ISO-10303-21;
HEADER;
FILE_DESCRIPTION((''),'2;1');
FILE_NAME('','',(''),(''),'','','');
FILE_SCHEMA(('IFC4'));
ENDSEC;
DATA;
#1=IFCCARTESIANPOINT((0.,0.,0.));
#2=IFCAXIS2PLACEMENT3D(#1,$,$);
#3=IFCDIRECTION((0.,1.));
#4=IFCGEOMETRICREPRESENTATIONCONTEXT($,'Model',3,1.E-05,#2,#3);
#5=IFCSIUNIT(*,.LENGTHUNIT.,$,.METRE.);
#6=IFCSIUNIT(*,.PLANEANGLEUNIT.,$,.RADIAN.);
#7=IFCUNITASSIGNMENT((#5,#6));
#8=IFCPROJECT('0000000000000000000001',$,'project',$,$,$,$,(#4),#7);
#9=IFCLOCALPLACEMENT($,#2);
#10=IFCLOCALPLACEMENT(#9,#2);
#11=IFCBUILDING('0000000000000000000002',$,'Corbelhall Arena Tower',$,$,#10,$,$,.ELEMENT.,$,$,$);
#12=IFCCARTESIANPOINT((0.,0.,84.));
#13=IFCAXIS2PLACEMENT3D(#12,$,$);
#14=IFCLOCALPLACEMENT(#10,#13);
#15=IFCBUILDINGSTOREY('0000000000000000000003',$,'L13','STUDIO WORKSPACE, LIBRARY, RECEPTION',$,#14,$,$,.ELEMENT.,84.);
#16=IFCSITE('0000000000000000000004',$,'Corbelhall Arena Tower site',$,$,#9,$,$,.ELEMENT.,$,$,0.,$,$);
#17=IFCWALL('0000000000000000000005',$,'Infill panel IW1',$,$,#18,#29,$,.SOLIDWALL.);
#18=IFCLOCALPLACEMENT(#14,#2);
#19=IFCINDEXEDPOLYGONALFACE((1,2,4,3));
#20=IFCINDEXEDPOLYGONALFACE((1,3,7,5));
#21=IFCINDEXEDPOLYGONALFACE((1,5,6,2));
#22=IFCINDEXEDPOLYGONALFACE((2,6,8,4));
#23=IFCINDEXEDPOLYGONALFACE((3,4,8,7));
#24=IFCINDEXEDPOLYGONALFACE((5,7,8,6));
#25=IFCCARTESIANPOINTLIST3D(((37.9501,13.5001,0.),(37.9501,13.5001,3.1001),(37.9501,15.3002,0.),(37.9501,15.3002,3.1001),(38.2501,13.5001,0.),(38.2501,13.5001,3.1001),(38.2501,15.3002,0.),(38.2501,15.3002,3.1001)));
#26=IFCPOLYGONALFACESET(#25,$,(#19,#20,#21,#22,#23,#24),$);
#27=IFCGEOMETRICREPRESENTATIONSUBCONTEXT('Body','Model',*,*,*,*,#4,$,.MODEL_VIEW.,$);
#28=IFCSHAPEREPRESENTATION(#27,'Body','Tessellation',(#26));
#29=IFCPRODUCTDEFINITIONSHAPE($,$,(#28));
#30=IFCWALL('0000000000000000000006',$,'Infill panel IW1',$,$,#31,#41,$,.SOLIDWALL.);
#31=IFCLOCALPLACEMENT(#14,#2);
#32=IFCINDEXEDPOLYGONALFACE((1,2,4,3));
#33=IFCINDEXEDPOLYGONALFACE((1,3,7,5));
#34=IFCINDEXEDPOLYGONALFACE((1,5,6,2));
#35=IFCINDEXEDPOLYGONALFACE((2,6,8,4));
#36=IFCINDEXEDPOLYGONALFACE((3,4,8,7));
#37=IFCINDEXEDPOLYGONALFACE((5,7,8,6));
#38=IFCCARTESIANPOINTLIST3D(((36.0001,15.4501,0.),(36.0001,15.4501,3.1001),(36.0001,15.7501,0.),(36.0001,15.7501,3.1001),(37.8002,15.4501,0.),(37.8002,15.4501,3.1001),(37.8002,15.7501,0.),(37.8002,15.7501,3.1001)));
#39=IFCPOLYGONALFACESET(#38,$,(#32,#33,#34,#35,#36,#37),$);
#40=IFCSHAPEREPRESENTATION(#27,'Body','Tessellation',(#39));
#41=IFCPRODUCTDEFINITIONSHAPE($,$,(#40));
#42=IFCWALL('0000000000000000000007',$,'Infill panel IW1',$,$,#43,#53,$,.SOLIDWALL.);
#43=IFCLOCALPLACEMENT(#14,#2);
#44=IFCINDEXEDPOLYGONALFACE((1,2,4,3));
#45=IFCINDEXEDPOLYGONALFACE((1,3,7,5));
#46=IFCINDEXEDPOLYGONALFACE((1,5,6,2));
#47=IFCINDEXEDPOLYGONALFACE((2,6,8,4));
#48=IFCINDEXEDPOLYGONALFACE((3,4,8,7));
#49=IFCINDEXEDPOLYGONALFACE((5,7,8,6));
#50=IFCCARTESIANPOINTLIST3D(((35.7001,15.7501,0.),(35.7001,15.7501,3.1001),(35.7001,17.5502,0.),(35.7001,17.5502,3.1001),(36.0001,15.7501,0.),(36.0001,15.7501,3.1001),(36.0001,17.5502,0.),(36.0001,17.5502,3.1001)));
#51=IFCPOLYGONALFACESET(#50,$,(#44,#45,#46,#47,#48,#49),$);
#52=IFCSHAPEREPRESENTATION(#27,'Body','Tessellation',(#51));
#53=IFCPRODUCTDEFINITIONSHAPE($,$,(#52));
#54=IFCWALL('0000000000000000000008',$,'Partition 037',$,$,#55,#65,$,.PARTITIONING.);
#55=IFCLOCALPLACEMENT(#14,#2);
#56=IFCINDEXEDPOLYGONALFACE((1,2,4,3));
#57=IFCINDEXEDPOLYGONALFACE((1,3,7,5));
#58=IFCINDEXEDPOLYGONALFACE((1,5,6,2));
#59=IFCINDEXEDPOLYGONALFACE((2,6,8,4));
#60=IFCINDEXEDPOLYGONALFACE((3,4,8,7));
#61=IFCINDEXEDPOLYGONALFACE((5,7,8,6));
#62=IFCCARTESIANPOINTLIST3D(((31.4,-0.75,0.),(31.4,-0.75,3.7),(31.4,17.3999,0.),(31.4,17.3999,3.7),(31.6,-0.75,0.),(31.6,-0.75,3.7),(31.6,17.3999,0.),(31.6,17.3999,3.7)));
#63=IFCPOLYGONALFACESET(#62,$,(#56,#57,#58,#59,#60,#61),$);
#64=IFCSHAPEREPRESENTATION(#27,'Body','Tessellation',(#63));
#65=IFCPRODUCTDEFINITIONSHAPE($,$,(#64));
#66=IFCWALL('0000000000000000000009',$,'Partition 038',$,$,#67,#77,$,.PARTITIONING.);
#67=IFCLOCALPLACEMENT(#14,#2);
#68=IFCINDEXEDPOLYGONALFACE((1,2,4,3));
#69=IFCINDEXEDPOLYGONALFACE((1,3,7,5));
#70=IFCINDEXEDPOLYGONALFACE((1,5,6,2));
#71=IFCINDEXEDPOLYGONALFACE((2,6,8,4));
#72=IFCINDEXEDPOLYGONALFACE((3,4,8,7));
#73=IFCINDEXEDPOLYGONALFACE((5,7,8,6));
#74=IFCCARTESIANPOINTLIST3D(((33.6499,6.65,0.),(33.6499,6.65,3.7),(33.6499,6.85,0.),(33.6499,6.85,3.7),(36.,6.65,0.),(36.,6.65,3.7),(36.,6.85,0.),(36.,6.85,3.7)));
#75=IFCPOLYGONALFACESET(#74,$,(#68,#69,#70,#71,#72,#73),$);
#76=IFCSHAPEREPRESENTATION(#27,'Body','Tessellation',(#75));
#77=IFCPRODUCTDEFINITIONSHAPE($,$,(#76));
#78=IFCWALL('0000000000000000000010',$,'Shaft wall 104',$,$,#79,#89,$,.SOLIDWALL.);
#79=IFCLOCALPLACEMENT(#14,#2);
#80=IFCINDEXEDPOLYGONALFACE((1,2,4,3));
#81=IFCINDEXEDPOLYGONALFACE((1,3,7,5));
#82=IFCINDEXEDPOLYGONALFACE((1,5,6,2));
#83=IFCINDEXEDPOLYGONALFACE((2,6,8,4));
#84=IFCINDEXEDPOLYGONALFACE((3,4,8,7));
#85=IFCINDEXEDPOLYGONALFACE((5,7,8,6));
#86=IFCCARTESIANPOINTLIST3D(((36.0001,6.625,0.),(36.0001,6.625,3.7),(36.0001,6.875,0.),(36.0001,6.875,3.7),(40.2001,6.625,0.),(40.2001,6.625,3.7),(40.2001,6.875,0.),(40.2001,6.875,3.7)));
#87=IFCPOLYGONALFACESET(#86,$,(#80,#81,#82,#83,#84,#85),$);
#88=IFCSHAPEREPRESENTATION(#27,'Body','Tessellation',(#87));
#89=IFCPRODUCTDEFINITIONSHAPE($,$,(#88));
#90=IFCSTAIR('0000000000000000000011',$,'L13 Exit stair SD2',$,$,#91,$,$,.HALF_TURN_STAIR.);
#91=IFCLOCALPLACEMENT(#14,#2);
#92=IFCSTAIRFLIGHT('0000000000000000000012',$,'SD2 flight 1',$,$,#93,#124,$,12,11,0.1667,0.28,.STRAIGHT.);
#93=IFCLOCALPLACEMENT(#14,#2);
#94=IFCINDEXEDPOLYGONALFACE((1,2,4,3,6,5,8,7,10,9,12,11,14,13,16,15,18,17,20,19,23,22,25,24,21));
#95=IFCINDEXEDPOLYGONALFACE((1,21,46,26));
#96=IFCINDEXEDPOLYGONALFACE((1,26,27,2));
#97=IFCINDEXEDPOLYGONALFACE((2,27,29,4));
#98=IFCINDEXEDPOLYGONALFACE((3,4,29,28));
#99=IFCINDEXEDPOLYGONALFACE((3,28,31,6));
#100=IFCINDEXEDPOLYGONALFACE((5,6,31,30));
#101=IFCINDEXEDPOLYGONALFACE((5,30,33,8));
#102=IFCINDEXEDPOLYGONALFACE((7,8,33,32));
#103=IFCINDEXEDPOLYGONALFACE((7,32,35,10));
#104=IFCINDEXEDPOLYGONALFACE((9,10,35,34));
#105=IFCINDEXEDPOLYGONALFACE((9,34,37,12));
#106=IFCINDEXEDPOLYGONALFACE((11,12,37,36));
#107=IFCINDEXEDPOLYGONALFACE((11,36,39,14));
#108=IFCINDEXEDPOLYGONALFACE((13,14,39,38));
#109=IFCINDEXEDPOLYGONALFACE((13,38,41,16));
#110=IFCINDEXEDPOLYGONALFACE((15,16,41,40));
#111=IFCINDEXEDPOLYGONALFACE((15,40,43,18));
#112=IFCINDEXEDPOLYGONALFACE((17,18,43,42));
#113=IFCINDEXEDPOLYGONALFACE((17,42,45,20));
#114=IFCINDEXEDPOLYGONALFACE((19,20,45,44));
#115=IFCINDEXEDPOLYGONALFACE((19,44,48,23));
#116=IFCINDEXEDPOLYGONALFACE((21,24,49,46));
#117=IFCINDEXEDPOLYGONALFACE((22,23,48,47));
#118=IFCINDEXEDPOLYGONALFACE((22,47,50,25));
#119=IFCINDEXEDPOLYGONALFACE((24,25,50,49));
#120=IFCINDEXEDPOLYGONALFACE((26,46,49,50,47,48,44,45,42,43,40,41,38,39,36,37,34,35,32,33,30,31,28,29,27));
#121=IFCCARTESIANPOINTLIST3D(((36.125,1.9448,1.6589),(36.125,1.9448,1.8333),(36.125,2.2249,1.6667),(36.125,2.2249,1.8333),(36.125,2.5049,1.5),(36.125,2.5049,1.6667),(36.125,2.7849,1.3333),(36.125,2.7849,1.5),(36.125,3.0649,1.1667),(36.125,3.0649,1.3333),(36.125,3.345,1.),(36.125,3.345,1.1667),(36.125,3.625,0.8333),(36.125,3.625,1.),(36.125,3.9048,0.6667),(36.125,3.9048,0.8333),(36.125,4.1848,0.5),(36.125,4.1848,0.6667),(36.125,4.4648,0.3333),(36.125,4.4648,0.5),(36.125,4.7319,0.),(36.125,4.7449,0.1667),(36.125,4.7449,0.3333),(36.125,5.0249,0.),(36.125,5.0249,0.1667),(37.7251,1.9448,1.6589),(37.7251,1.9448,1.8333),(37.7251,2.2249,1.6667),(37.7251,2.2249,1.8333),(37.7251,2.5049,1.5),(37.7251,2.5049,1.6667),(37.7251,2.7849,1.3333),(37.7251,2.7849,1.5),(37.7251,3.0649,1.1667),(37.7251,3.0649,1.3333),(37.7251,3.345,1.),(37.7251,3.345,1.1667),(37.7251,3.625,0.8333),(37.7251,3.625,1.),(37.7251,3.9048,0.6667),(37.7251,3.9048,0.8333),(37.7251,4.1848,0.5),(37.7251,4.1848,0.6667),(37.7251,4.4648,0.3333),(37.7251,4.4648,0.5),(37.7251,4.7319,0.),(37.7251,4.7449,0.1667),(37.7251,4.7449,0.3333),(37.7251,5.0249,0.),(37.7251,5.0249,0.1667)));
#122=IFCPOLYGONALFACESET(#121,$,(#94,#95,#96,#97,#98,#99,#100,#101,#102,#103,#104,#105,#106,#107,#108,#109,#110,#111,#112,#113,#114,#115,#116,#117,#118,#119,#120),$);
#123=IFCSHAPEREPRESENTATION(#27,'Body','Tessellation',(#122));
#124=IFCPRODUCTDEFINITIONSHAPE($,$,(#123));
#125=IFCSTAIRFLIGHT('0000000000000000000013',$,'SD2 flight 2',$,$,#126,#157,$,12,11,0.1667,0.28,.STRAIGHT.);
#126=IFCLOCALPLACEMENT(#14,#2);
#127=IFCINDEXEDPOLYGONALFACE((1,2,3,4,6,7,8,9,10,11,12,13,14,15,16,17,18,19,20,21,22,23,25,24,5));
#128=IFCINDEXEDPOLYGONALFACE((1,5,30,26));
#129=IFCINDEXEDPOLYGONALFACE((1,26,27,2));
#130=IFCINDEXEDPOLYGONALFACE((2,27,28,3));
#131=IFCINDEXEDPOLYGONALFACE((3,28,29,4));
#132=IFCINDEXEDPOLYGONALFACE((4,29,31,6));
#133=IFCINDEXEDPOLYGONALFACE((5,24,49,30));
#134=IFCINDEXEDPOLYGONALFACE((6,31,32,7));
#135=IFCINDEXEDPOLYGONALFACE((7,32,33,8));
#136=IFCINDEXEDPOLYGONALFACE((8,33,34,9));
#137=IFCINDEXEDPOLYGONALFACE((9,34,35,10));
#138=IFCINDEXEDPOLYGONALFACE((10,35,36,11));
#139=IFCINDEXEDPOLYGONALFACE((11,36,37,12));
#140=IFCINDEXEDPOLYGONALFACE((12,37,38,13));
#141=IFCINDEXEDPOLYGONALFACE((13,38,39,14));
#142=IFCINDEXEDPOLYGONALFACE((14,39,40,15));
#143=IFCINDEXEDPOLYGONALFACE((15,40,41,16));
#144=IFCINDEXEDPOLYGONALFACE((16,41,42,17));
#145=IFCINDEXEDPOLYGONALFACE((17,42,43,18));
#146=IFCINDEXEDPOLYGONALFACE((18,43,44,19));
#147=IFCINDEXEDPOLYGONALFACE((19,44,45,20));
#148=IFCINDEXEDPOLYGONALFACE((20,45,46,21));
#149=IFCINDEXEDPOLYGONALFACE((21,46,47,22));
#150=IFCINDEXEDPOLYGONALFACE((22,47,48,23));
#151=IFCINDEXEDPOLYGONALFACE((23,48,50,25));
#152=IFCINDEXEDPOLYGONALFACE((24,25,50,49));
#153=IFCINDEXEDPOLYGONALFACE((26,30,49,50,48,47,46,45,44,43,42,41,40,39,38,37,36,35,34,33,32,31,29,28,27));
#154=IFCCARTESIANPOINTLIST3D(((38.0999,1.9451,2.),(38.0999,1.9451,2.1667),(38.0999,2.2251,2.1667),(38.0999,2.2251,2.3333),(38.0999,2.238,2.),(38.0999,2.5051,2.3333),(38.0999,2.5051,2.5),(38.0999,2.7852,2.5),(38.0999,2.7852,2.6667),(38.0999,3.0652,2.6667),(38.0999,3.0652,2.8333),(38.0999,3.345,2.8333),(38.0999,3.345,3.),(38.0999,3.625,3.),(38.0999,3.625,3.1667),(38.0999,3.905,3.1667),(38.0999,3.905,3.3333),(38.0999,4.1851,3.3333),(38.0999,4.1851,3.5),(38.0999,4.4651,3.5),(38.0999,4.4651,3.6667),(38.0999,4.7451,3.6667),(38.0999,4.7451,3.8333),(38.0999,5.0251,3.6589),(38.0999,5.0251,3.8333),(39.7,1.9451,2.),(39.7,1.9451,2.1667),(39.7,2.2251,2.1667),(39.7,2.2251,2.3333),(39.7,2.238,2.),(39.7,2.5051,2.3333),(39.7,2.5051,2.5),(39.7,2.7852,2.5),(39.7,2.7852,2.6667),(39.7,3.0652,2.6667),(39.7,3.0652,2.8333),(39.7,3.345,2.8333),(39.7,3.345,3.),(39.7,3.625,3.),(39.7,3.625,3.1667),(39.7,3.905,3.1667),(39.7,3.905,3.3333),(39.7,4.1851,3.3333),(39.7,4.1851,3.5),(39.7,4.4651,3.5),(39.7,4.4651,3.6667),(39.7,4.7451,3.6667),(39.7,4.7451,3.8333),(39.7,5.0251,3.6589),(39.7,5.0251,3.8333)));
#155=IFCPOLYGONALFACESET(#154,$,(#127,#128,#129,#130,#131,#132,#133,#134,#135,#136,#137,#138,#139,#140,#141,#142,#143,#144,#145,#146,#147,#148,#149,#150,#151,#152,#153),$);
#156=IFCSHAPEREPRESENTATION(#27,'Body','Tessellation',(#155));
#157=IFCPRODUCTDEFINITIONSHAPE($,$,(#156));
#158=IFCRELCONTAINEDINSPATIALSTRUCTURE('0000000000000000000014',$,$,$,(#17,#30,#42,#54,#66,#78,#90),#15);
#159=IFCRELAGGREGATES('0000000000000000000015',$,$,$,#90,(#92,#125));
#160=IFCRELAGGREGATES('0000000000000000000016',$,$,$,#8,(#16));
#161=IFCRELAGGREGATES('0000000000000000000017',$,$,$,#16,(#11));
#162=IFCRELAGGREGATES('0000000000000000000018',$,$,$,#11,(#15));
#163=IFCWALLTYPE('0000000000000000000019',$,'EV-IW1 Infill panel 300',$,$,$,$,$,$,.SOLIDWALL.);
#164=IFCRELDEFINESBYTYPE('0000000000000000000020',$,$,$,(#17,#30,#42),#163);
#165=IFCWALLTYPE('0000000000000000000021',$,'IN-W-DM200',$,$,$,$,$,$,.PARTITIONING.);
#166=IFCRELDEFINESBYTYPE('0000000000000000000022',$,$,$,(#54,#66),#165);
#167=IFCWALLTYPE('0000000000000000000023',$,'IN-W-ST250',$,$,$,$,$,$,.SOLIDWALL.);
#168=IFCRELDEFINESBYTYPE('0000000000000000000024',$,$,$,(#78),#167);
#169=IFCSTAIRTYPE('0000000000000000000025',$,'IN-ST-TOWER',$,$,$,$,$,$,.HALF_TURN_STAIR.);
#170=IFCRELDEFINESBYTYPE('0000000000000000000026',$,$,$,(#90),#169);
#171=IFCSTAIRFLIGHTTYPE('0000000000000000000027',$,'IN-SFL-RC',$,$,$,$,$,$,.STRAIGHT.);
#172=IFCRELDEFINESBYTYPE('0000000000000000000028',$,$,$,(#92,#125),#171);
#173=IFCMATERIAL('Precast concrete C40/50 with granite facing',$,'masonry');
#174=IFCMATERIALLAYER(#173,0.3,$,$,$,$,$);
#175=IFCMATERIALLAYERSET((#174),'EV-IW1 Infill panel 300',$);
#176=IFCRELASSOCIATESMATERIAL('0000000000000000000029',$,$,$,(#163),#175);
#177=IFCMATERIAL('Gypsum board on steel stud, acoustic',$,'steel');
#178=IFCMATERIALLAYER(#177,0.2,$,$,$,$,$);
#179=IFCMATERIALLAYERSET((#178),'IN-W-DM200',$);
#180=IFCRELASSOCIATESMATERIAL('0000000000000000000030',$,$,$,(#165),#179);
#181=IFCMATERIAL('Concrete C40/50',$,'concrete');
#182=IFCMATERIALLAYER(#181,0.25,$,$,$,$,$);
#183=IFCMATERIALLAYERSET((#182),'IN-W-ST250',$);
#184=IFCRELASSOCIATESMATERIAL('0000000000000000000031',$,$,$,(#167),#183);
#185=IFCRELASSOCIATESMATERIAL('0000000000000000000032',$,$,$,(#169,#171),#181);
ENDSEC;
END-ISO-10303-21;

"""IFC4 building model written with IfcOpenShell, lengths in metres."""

from ifc_helpers import new_model, si_unit, direction, frame, frame_2d, origin, place, context, subcontext, project, spatial, polyline, rectangle, outline, extrude, material, layer, layer_set, type_object, element, aggregate, save


model = new_model("IFC4")

# Units and contexts
model_context = context("Model", 3, precision=1e-05, world=origin(), true_north=direction((0.0, 1.0)))
body_context = subcontext(model_context, "Body", "Model", "MODEL_VIEW")
ifc_project = project(units=[si_unit("LENGTHUNIT", "METRE"), si_unit("PLANEANGLEUNIT", "RADIAN")], contexts=[model_context])

# Site, building, storey
site_placement = place(None, origin())
site = spatial("IfcSite", under=ifc_project, at=site_placement, Name="Corbelhall Arena Tower site", CompositionType="ELEMENT", RefElevation=0.0)
building_placement = place(site_placement, origin())
building = spatial("IfcBuilding", under=site, at=building_placement, Name="Corbelhall Arena Tower", CompositionType="ELEMENT")
storey_placement = place(building_placement, frame((0.0, 0.0, 84.0)))
storey = spatial("IfcBuildingStorey", under=building, at=storey_placement, Name="L13", Description="STUDIO WORKSPACE, LIBRARY, RECEPTION", CompositionType="ELEMENT", Elevation=84.0)

# Walls
ifc_material_1 = material(Name="Precast concrete C40/50 with granite facing", Category="masonry")
ifc_layer_1 = layer(ifc_material_1, 0.3)
ifc_layer_set_1 = layer_set([ifc_layer_1], Name="EV-IW1 Infill panel 300")
wall_type_1 = type_object("IfcWallType", Name="EV-IW1 Infill panel 300", PredefinedType="SOLIDWALL", material=ifc_layer_set_1)
for number, where, z_axis, x_axis, name in (
    (1, (38.1001, 15.3, 0.0), (0.0, 0.0, 1.0), (0.0, -1.0, 0.0), "Infill panel IW1"),
    (2, (37.8, 15.6001, 0.0), (0.0, 0.0, 1.0), (-1.0, 0.0, 0.0), "Infill panel IW1"),
    (3, (35.8501, 17.55, 0.0), (0.0, 0.0, 1.0), (0.0, -1.0, 0.0), "Infill panel IW1"),
):
    element("IfcWall", number, at=place(storey_placement, frame(where, z_axis=z_axis, x_axis=x_axis)), inside=storey, type_object=wall_type_1, Name=name, PredefinedType="SOLIDWALL", context=body_context, shape_type="SweptSolid", body=[
        extrude(rectangle(XDim=1.8, YDim=0.3, at=frame_2d((0.8999, 0.0))), origin(), (0.0, 0.0, 1.0), 3.1001),
    ])

# Walls
ifc_material_2 = material(Name="Gypsum board on steel stud, acoustic", Category="steel")
ifc_layer_2 = layer(ifc_material_2, 0.2)
ifc_layer_set_2 = layer_set([ifc_layer_2], Name="IN-W-DM200")
wall_type_2 = type_object("IfcWallType", Name="IN-W-DM200", PredefinedType="PARTITIONING", material=ifc_layer_set_2)
wall_1_placement = place(storey_placement, frame((31.5, 17.3999, 0.0), z_axis=(0.0, 0.0, 1.0), x_axis=(0.0, -1.0, 0.0)))
element("IfcWall", 4, at=wall_1_placement, inside=storey, type_object=wall_type_2, Name="Partition 037", PredefinedType="PARTITIONING", context=body_context, shape_type="SweptSolid", body=[
    extrude(rectangle(XDim=18.1499, YDim=0.2, at=frame_2d((9.075, 0.0))), origin(), (0.0, 0.0, 1.0), 3.7),
])
wall_2_placement = place(storey_placement, frame((33.6499, 6.75, 0.0), z_axis=(0.0, 0.0, 1.0), x_axis=(1.0, 0.0, 0.0)))
element("IfcWall", 5, at=wall_2_placement, inside=storey, type_object=wall_type_2, Name="Partition 038", PredefinedType="PARTITIONING", context=body_context, shape_type="SweptSolid", body=[
    extrude(rectangle(XDim=2.3501, YDim=0.2, at=frame_2d((1.175, 0.0))), origin(), (0.0, 0.0, 1.0), 3.7),
])
ifc_material_3 = material(Name="Concrete C40/50", Category="concrete")
ifc_layer_3 = layer(ifc_material_3, 0.25)
ifc_layer_set_3 = layer_set([ifc_layer_3], Name="IN-W-ST250")
wall_type_3 = type_object("IfcWallType", Name="IN-W-ST250", PredefinedType="SOLIDWALL", material=ifc_layer_set_3)
wall_3_placement = place(storey_placement, frame((36.0, 6.75, 0.0), z_axis=(0.0, 0.0, 1.0), x_axis=(1.0, 0.0, 0.0)))
element("IfcWall", 6, at=wall_3_placement, inside=storey, type_object=wall_type_3, Name="Shaft wall 104", PredefinedType="SOLIDWALL", context=body_context, shape_type="SweptSolid", body=[
    extrude(rectangle(XDim=4.2, YDim=0.25, at=frame_2d((2.1001, 0.0))), origin(), (0.0, 0.0, 1.0), 3.7),
])

# Stair, stair flights
stair_type = type_object("IfcStairType", Name="IN-ST-TOWER", PredefinedType="HALF_TURN_STAIR", material=ifc_material_3)
stair_placement = place(storey_placement, origin())
stair = element("IfcStair", 7, at=stair_placement, inside=storey, type_object=stair_type, Name="L13 Exit stair SD2", PredefinedType="HALF_TURN_STAIR")
stair_flight_type = type_object("IfcStairFlightType", Name="IN-SFL-RC", PredefinedType="STRAIGHT", material=ifc_material_3)
stair_flight_1_placement = place(storey_placement, frame((36.925, 5.0249, 0.0), z_axis=(0.0, 0.0, 1.0), x_axis=(0.0, -1.0, 0.0)))
stair_flight_1 = element("IfcStairFlight", 8, at=stair_flight_1_placement, type_object=stair_flight_type, Name="SD2 flight 1", NumberOfRisers=12, NumberOfTreads=11, PredefinedType="STRAIGHT", RiserHeight=0.1667, TreadLength=0.28, context=body_context, shape_type="SweptSolid", body=[
    extrude(outline(polyline([(0.0, 0.0), (0.0, 0.1667), (0.28, 0.1667), (0.28, 0.3333), (0.5601, 0.3333), (0.5601, 0.5), (0.8401, 0.5), (0.8401, 0.6667), (1.1201, 0.6667), (1.1201, 0.8333), (1.3999, 0.8333), (1.3999, 1.0), (1.6799, 1.0), (1.6799, 1.1667), (1.96, 1.1667), (1.96, 1.3333), (2.24, 1.3333), (2.24, 1.5), (2.52, 1.5), (2.52, 1.6667), (2.8, 1.6667), (2.8, 1.8333), (3.0801, 1.8333), (3.0801, 2.0), (3.0801, 1.6589), (0.293, 0.0), (0.0, 0.0)])), frame((0.0, 0.8, 0.0), z_axis=(0.0, -1.0, 0.0), x_axis=(1.0, 0.0, 0.0)), (0.0, 0.0, 1.0), 1.6001),
])
stair_flight_2_placement = place(storey_placement, frame((38.8999, 1.9451, 2.0), z_axis=(0.0, 0.0, 1.0), x_axis=(0.0, 1.0, 0.0)))
stair_flight_2 = element("IfcStairFlight", 9, at=stair_flight_2_placement, type_object=stair_flight_type, Name="SD2 flight 2", NumberOfRisers=12, NumberOfTreads=11, PredefinedType="STRAIGHT", RiserHeight=0.1667, TreadLength=0.28, context=body_context, shape_type="SweptSolid", body=[
    extrude(outline(polyline([(0.0, 0.0), (0.0, 0.1667), (0.28, 0.1667), (0.28, 0.3333), (0.5601, 0.3333), (0.5601, 0.5), (0.8401, 0.5), (0.8401, 0.6667), (1.1201, 0.6667), (1.1201, 0.8333), (1.3999, 0.8333), (1.3999, 1.0), (1.6799, 1.0), (1.6799, 1.1667), (1.96, 1.1667), (1.96, 1.3333), (2.24, 1.3333), (2.24, 1.5), (2.52, 1.5), (2.52, 1.6667), (2.8, 1.6667), (2.8, 1.8333), (3.0801, 1.8333), (3.0801, 2.0), (3.0801, 1.6589), (0.293, 0.0), (0.0, 0.0)])), frame((0.0, 0.8, 0.0), z_axis=(0.0, -1.0, 0.0), x_axis=(1.0, 0.0, 0.0)), (0.0, 0.0, 1.0), 1.6001),
])
aggregate(stair, [stair_flight_1, stair_flight_2])

save(model, "model.ifc")
